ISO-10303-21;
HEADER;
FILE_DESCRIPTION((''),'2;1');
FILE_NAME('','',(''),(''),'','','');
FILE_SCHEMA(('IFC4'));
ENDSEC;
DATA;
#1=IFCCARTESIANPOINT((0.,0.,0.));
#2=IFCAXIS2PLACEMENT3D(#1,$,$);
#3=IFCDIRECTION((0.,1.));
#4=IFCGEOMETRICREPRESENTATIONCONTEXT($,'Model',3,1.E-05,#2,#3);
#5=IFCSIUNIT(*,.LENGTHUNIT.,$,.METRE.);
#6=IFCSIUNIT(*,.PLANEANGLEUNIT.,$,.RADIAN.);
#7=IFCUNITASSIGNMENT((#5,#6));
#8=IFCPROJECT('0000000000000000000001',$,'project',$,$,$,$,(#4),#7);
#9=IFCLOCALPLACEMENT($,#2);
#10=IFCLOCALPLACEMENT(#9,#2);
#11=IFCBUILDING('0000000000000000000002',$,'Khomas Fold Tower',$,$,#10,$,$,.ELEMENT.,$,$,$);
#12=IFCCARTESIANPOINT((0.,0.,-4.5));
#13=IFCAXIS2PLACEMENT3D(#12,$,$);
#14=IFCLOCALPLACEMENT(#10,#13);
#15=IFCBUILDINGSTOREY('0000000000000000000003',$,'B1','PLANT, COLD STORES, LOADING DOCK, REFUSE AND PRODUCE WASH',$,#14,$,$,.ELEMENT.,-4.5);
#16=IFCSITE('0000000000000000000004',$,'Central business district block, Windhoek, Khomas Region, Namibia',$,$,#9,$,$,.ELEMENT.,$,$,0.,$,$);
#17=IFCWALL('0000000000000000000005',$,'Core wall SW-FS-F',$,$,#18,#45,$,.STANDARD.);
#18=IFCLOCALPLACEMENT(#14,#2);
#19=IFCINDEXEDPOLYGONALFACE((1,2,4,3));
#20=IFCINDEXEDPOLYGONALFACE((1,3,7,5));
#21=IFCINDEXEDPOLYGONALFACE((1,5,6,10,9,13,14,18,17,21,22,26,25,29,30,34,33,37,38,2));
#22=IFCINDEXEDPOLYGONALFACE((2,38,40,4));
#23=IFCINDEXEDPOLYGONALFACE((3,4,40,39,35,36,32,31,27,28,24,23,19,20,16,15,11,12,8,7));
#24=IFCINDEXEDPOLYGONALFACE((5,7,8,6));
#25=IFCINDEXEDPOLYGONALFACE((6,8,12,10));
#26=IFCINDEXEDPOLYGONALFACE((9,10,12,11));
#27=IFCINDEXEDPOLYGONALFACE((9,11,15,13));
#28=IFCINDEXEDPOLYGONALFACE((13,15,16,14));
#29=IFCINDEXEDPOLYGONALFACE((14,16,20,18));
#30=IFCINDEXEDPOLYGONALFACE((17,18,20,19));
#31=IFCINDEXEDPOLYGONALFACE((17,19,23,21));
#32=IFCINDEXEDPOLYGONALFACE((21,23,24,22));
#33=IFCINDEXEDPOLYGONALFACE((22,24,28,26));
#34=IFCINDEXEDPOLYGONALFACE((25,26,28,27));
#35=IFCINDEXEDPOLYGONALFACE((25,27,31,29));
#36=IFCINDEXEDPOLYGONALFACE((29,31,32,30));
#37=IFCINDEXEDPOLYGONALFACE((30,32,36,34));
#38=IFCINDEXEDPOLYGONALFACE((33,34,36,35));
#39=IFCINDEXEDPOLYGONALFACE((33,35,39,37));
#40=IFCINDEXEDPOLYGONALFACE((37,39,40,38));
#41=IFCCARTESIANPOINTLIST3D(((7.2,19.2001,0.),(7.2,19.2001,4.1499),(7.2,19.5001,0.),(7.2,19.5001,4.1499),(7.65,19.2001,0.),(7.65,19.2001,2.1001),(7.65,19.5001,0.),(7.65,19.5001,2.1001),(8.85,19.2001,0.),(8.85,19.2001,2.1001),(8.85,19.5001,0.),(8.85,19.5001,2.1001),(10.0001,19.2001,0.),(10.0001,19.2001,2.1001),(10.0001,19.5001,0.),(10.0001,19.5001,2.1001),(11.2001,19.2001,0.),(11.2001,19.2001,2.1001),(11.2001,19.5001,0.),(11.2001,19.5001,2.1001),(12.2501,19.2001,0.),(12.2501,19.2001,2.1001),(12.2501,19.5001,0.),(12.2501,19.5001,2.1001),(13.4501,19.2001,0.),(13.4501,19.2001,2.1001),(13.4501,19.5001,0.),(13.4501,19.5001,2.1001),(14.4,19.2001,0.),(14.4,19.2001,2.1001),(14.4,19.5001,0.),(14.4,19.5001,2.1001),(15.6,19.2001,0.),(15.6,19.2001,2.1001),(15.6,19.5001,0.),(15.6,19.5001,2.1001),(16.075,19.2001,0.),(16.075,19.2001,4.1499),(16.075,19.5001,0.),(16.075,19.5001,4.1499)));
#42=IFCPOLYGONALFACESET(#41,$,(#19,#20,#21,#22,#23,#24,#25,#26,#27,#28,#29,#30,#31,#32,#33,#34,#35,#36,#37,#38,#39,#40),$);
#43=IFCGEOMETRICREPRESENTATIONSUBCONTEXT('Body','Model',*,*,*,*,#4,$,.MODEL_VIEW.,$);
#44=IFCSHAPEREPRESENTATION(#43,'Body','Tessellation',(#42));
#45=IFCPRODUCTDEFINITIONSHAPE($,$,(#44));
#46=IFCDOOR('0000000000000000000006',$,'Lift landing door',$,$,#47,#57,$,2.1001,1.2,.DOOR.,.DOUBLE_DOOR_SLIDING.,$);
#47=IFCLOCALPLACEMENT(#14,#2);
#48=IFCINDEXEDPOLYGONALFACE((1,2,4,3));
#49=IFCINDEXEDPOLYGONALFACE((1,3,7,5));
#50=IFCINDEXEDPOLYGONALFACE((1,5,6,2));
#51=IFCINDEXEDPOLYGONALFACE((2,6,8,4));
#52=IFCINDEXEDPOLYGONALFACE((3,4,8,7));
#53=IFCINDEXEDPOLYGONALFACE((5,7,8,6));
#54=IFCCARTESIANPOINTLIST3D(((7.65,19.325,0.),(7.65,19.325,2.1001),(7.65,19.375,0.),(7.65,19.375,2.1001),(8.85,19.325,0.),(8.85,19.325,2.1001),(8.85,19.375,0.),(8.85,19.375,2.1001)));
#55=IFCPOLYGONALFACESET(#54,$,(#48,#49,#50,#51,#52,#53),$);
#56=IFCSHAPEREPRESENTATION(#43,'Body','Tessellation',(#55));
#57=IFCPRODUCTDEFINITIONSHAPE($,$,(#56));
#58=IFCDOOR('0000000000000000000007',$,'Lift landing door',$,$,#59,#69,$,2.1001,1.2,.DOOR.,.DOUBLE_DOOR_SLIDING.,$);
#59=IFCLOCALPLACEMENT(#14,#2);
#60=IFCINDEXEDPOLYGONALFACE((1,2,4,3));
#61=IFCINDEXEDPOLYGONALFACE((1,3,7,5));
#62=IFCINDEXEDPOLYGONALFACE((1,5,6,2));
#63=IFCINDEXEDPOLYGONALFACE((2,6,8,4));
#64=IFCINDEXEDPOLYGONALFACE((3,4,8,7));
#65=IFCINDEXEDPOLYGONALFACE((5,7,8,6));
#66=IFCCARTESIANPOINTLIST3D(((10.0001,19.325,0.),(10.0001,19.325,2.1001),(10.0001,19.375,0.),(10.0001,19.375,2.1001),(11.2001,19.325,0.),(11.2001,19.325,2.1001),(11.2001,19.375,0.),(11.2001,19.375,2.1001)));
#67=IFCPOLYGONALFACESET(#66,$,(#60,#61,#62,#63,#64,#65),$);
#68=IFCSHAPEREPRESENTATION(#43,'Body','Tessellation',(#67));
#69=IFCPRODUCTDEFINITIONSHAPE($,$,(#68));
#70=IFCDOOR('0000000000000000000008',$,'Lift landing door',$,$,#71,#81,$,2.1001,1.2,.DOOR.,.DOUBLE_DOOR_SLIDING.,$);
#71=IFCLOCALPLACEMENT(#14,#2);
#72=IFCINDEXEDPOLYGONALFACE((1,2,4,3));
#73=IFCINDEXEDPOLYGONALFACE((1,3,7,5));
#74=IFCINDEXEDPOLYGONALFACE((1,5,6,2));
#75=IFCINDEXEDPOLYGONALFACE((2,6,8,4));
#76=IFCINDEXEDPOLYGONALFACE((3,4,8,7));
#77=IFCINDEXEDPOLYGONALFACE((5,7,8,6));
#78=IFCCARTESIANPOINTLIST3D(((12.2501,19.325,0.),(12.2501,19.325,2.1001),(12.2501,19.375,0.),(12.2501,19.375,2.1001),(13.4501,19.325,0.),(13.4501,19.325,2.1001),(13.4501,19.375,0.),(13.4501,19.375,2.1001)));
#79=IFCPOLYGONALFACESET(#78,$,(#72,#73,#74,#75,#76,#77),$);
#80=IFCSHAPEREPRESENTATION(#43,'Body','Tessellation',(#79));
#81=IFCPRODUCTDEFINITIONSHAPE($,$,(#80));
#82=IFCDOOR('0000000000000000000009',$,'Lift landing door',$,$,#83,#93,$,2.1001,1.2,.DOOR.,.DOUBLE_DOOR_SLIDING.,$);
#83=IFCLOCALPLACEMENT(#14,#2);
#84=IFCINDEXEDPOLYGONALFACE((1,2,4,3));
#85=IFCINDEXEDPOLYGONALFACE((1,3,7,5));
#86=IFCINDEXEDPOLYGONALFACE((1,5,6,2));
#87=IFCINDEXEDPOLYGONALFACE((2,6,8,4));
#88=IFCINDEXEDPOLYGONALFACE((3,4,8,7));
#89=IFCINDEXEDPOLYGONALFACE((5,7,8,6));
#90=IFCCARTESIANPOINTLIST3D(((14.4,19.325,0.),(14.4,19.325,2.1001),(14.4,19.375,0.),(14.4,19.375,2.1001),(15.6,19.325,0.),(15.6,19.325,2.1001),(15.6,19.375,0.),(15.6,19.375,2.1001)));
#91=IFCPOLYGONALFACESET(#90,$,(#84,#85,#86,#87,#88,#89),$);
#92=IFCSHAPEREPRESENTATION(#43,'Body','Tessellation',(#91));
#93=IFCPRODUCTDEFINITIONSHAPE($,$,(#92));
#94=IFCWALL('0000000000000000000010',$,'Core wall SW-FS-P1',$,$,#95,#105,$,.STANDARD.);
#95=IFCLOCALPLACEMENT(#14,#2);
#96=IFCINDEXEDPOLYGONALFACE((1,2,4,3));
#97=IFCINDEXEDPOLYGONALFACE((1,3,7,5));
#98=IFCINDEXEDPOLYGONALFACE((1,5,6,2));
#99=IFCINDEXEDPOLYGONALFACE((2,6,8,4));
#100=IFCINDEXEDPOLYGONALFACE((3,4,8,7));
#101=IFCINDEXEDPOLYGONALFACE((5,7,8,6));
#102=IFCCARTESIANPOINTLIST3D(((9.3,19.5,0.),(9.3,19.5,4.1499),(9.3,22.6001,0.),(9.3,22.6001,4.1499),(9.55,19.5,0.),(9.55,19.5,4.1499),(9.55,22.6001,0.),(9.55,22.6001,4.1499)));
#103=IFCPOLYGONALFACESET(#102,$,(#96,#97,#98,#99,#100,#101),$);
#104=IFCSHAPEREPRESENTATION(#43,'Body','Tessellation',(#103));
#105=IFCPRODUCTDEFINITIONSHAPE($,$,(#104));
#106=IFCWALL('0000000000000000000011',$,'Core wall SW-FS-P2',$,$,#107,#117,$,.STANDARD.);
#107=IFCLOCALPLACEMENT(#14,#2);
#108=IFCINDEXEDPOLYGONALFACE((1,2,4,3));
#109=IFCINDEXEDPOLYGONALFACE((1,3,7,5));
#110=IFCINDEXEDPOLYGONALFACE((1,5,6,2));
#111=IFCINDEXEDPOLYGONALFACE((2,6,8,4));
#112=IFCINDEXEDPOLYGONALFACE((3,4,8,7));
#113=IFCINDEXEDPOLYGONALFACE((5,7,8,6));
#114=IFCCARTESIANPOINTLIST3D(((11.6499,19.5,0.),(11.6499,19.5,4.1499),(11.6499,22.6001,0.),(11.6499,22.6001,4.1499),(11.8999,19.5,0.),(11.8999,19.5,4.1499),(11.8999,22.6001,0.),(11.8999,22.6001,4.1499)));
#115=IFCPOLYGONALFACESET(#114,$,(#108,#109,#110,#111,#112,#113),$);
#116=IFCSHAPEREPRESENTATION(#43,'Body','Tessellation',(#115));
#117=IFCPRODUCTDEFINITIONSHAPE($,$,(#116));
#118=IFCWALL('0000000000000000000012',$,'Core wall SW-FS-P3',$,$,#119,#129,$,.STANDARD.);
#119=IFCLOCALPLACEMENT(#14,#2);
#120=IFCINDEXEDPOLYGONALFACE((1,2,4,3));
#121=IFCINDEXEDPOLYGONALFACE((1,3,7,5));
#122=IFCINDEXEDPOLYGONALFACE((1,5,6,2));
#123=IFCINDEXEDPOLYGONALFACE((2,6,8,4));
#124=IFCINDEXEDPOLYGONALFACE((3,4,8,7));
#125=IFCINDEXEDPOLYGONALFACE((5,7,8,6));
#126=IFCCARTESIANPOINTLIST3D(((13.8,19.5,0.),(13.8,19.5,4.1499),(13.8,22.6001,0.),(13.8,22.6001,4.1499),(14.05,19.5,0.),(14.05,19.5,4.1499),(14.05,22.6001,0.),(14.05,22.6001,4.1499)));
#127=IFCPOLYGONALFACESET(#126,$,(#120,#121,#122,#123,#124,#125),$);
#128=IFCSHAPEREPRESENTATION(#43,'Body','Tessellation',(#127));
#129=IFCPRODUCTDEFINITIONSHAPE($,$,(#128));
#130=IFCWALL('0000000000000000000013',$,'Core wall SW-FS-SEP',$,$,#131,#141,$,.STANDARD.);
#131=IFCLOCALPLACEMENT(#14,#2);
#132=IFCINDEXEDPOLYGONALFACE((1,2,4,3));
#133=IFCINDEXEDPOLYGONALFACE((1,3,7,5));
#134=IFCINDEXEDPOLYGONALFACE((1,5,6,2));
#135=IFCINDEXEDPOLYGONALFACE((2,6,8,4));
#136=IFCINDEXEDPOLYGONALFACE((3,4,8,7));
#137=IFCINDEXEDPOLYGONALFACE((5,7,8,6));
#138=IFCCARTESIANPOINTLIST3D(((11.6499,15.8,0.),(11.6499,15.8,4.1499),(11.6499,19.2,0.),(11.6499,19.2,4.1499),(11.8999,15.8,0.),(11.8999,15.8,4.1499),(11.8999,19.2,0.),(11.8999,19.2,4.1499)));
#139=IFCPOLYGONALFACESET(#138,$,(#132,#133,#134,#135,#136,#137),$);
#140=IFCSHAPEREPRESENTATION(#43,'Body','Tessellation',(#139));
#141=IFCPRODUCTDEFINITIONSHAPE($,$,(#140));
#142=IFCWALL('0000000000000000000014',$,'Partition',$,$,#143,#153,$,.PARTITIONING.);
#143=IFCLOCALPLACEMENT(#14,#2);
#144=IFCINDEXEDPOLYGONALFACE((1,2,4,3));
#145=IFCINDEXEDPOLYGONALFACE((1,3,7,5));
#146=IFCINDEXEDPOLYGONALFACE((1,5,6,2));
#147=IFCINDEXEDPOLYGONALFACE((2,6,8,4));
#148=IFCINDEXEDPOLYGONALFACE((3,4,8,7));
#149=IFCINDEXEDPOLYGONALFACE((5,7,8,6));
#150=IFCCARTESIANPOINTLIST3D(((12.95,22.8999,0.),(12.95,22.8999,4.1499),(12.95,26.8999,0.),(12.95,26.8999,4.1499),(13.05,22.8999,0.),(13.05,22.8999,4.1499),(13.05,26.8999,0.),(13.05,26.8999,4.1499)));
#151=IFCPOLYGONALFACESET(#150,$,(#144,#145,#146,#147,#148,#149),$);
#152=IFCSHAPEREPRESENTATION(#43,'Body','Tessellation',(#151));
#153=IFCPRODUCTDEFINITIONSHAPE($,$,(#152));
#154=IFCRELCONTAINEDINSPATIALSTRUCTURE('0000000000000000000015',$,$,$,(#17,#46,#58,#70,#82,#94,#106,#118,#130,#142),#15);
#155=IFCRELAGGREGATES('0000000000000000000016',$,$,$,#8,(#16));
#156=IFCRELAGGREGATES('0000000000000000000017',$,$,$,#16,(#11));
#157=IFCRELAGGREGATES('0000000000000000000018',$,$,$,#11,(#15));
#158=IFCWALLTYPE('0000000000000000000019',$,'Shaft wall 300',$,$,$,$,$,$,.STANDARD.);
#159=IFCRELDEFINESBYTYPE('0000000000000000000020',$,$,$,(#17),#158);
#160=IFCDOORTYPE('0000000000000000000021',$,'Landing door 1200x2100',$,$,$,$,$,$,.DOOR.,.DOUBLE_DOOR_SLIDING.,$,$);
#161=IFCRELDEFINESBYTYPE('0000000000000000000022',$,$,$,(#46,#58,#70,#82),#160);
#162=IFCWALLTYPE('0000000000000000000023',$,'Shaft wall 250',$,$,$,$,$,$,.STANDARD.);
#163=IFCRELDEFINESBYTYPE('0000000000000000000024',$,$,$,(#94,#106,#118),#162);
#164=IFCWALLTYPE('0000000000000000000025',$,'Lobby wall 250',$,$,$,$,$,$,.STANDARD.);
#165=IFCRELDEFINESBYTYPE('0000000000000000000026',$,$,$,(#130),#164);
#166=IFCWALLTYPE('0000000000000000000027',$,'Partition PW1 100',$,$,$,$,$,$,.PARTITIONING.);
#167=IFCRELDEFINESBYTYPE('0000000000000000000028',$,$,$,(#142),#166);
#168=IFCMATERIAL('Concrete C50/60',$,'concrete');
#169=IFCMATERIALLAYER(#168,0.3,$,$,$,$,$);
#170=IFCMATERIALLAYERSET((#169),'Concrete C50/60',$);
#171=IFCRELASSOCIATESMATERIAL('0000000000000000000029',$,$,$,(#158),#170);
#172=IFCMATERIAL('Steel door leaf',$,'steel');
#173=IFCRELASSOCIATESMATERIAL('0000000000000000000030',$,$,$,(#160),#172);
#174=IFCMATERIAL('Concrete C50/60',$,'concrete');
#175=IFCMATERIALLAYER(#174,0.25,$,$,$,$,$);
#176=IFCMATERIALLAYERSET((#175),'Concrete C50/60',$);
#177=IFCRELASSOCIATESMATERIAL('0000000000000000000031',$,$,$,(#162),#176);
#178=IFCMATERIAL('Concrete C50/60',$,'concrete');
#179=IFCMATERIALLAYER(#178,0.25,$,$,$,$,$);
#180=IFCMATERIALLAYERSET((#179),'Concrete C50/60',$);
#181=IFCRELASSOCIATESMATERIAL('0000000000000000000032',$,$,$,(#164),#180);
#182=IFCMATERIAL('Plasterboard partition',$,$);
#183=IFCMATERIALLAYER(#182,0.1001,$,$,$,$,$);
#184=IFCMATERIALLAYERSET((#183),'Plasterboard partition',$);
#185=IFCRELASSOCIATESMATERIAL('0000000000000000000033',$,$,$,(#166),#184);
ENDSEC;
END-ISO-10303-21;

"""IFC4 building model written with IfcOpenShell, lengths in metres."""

from ifc_helpers import new_model, si_unit, direction, frame, frame_2d, origin, place, context, subcontext, project, spatial, rectangle, extrude, source, transform, mapped, material, layer, layer_set, type_object, element, fill, save


model = new_model("IFC4")

# Units and contexts
model_context = context("Model", 3, precision=1e-05, world=origin(), true_north=direction((0.0, 1.0)))
body_context = subcontext(model_context, "Body", "Model", "MODEL_VIEW")
ifc_project = project(units=[si_unit("LENGTHUNIT", "METRE"), si_unit("PLANEANGLEUNIT", "RADIAN")], contexts=[model_context])

# Site, building, storey
site_placement = place(None, origin())
site = spatial("IfcSite", under=ifc_project, at=site_placement, Name="Central business district block, Windhoek, Khomas Region, Namibia", CompositionType="ELEMENT", RefElevation=0.0)
building_placement = place(site_placement, origin())
building = spatial("IfcBuilding", under=site, at=building_placement, Name="Khomas Fold Tower", CompositionType="ELEMENT")
storey_placement = place(building_placement, frame((0.0, 0.0, -4.5)))
storey = spatial("IfcBuildingStorey", under=building, at=storey_placement, Name="B1", Description="PLANT, COLD STORES, LOADING DOCK, REFUSE AND PRODUCE WASH", CompositionType="ELEMENT", Elevation=-4.5)

# Shared definitions
ifc_material_1 = material(Name="Concrete C50/60", Category="concrete")
ifc_layer_1 = layer(ifc_material_1, 0.3)
ifc_layer_set_1 = layer_set([ifc_layer_1], Name="Concrete C50/60")
wall_type_1 = type_object("IfcWallType", Name="Shaft wall 300", PredefinedType="STANDARD", material=ifc_layer_set_1)

# Wall, openings, doors
shared_shape_1 = source(origin(), body_context, "Body", "SweptSolid", [
    extrude(rectangle(XDim=8.875, YDim=0.3, at=frame_2d((4.4375, 0.0))), origin(), (0.0, 0.0, 1.0), 4.1499),
])
wall_1_placement = place(storey_placement, frame((7.2, 19.3501, 0.0), z_axis=(0.0, 0.0, 1.0), x_axis=(1.0, 0.0, 0.0)))
wall_1 = element("IfcWall", 1, at=wall_1_placement, inside=storey, type_object=wall_type_1, Name="Core wall SW-FS-F", PredefinedType="STANDARD", context=body_context, shape_type="MappedRepresentation", body=[
    mapped(shared_shape_1, transform((0.0, 0.0, 0.0))),
])
shared_shape_2 = source(origin(), body_context, "Body", "SweptSolid", [
    extrude(rectangle(XDim=1.2, YDim=2.1001, at=frame_2d((0.6001, 1.05))), frame((0.0, 0.1599, 0.0), z_axis=(0.0, -1.0, 0.0), x_axis=(1.0, 0.0, 0.0)), (0.0, 0.0, 1.0), 0.3201),
])
opening_1_placement = place(wall_1_placement, frame((0.45, 0.0, 0.0)))
opening_1 = element("IfcOpeningElement", 2, at=opening_1_placement, cuts=wall_1, PredefinedType="OPENING", context=body_context, shape_type="MappedRepresentation", body=[
    mapped(shared_shape_2, transform((0.0, 0.0, 0.0))),
])
opening_2_placement = place(wall_1_placement, frame((2.8, 0.0, 0.0)))
opening_2 = element("IfcOpeningElement", 3, at=opening_2_placement, cuts=wall_1, PredefinedType="OPENING", context=body_context, shape_type="MappedRepresentation", body=[
    mapped(shared_shape_2, transform((0.0, 0.0, 0.0))),
])
opening_3_placement = place(wall_1_placement, frame((5.05, 0.0, 0.0)))
opening_3 = element("IfcOpeningElement", 4, at=opening_3_placement, cuts=wall_1, PredefinedType="OPENING", context=body_context, shape_type="MappedRepresentation", body=[
    mapped(shared_shape_2, transform((0.0, 0.0, 0.0))),
])
opening_4_placement = place(wall_1_placement, frame((7.2, 0.0, 0.0)))
opening_4 = element("IfcOpeningElement", 5, at=opening_4_placement, cuts=wall_1, PredefinedType="OPENING", context=body_context, shape_type="MappedRepresentation", body=[
    mapped(shared_shape_2, transform((0.0, 0.0, 0.0))),
])
ifc_material_2 = material(Name="Steel door leaf", Category="steel")
door_type_1 = type_object("IfcDoorType", Name="Landing door 1200x2100", OperationType="DOUBLE_DOOR_SLIDING", PredefinedType="DOOR", material=ifc_material_2)
shared_shape_3 = source(origin(), body_context, "Body", "SweptSolid", [
    extrude(rectangle(XDim=1.2, YDim=2.1001, at=frame_2d((0.6001, 1.05))), frame((0.0, 0.0249, 0.0), z_axis=(0.0, -1.0, 0.0), x_axis=(1.0, 0.0, 0.0)), (0.0, 0.0, 1.0), 0.05),
])
door_1_placement = place(opening_1_placement, origin())
door_1 = element("IfcDoor", 6, at=door_1_placement, inside=storey, type_object=door_type_1, Name="Lift landing door", OperationType="DOUBLE_DOOR_SLIDING", OverallHeight=2.1001, OverallWidth=1.2, PredefinedType="DOOR", context=body_context, shape_type="MappedRepresentation", body=[
    mapped(shared_shape_3, transform((0.0, 0.0, 0.0))),
])
fill(opening_1, door_1)
door_2_placement = place(opening_2_placement, origin())
door_2 = element("IfcDoor", 7, at=door_2_placement, inside=storey, type_object=door_type_1, Name="Lift landing door", OperationType="DOUBLE_DOOR_SLIDING", OverallHeight=2.1001, OverallWidth=1.2, PredefinedType="DOOR", context=body_context, shape_type="MappedRepresentation", body=[
    mapped(shared_shape_3, transform((0.0, 0.0, 0.0))),
])
fill(opening_2, door_2)
door_3_placement = place(opening_3_placement, origin())
door_3 = element("IfcDoor", 8, at=door_3_placement, inside=storey, type_object=door_type_1, Name="Lift landing door", OperationType="DOUBLE_DOOR_SLIDING", OverallHeight=2.1001, OverallWidth=1.2, PredefinedType="DOOR", context=body_context, shape_type="MappedRepresentation", body=[
    mapped(shared_shape_3, transform((0.0, 0.0, 0.0))),
])
fill(opening_3, door_3)
door_4_placement = place(opening_4_placement, origin())
door_4 = element("IfcDoor", 9, at=door_4_placement, inside=storey, type_object=door_type_1, Name="Lift landing door", OperationType="DOUBLE_DOOR_SLIDING", OverallHeight=2.1001, OverallWidth=1.2, PredefinedType="DOOR", context=body_context, shape_type="MappedRepresentation", body=[
    mapped(shared_shape_3, transform((0.0, 0.0, 0.0))),
])
fill(opening_4, door_4)

# Walls
ifc_material_3 = material(Name="Concrete C50/60", Category="concrete")
ifc_layer_2 = layer(ifc_material_3, 0.25)
ifc_layer_set_2 = layer_set([ifc_layer_2], Name="Concrete C50/60")
wall_type_2 = type_object("IfcWallType", Name="Shaft wall 250", PredefinedType="STANDARD", material=ifc_layer_set_2)
shared_shape_4 = source(origin(), body_context, "Body", "SweptSolid", [
    extrude(rectangle(XDim=3.1001, YDim=0.25, at=frame_2d((1.55, 0.0))), origin(), (0.0, 0.0, 1.0), 4.1499),
])
for number, where, z_axis, x_axis, name in (
    (10, (9.425, 19.5, 0.0), (0.0, 0.0, 1.0), (0.0, 1.0, 0.0), "Core wall SW-FS-P1"),
    (11, (11.7749, 19.5, 0.0), (0.0, 0.0, 1.0), (0.0, 1.0, 0.0), "Core wall SW-FS-P2"),
    (12, (13.925, 19.5, 0.0), (0.0, 0.0, 1.0), (0.0, 1.0, 0.0), "Core wall SW-FS-P3"),
):
    element("IfcWall", number, at=place(storey_placement, frame(where, z_axis=z_axis, x_axis=x_axis)), inside=storey, type_object=wall_type_2, Name=name, PredefinedType="STANDARD", context=body_context, shape_type="MappedRepresentation", body=[
        mapped(shared_shape_4, transform((0.0, 0.0, 0.0))),
    ])
ifc_material_4 = material(Name="Concrete C50/60", Category="concrete")
ifc_layer_3 = layer(ifc_material_4, 0.25)
ifc_layer_set_3 = layer_set([ifc_layer_3], Name="Concrete C50/60")
wall_type_3 = type_object("IfcWallType", Name="Lobby wall 250", PredefinedType="STANDARD", material=ifc_layer_set_3)
shared_shape_5 = source(origin(), body_context, "Body", "SweptSolid", [
    extrude(rectangle(XDim=3.3999, YDim=0.25, at=frame_2d((1.7, 0.0))), origin(), (0.0, 0.0, 1.0), 4.1499),
])
wall_2_placement = place(storey_placement, frame((11.7749, 15.8, 0.0), z_axis=(0.0, 0.0, 1.0), x_axis=(0.0, 1.0, 0.0)))
element("IfcWall", 13, at=wall_2_placement, inside=storey, type_object=wall_type_3, Name="Core wall SW-FS-SEP", PredefinedType="STANDARD", context=body_context, shape_type="MappedRepresentation", body=[
    mapped(shared_shape_5, transform((0.0, 0.0, 0.0))),
])
ifc_material_5 = material(Name="Plasterboard partition")
ifc_layer_4 = layer(ifc_material_5, 0.1001)
ifc_layer_set_4 = layer_set([ifc_layer_4], Name="Plasterboard partition")
wall_type_4 = type_object("IfcWallType", Name="Partition PW1 100", PredefinedType="PARTITIONING", material=ifc_layer_set_4)
shared_shape_6 = source(origin(), body_context, "Body", "SweptSolid", [
    extrude(rectangle(XDim=4.0, YDim=0.1001, at=frame_2d((2.0, 0.0))), origin(), (0.0, 0.0, 1.0), 4.1499),
])
wall_3_placement = place(storey_placement, frame((13.0, 22.8999, 0.0), z_axis=(0.0, 0.0, 1.0), x_axis=(0.0, 1.0, 0.0)))
element("IfcWall", 14, at=wall_3_placement, inside=storey, type_object=wall_type_4, Name="Partition", PredefinedType="PARTITIONING", context=body_context, shape_type="MappedRepresentation", body=[
    mapped(shared_shape_6, transform((0.0, 0.0, 0.0))),
])

save(model, "model.ifc")
